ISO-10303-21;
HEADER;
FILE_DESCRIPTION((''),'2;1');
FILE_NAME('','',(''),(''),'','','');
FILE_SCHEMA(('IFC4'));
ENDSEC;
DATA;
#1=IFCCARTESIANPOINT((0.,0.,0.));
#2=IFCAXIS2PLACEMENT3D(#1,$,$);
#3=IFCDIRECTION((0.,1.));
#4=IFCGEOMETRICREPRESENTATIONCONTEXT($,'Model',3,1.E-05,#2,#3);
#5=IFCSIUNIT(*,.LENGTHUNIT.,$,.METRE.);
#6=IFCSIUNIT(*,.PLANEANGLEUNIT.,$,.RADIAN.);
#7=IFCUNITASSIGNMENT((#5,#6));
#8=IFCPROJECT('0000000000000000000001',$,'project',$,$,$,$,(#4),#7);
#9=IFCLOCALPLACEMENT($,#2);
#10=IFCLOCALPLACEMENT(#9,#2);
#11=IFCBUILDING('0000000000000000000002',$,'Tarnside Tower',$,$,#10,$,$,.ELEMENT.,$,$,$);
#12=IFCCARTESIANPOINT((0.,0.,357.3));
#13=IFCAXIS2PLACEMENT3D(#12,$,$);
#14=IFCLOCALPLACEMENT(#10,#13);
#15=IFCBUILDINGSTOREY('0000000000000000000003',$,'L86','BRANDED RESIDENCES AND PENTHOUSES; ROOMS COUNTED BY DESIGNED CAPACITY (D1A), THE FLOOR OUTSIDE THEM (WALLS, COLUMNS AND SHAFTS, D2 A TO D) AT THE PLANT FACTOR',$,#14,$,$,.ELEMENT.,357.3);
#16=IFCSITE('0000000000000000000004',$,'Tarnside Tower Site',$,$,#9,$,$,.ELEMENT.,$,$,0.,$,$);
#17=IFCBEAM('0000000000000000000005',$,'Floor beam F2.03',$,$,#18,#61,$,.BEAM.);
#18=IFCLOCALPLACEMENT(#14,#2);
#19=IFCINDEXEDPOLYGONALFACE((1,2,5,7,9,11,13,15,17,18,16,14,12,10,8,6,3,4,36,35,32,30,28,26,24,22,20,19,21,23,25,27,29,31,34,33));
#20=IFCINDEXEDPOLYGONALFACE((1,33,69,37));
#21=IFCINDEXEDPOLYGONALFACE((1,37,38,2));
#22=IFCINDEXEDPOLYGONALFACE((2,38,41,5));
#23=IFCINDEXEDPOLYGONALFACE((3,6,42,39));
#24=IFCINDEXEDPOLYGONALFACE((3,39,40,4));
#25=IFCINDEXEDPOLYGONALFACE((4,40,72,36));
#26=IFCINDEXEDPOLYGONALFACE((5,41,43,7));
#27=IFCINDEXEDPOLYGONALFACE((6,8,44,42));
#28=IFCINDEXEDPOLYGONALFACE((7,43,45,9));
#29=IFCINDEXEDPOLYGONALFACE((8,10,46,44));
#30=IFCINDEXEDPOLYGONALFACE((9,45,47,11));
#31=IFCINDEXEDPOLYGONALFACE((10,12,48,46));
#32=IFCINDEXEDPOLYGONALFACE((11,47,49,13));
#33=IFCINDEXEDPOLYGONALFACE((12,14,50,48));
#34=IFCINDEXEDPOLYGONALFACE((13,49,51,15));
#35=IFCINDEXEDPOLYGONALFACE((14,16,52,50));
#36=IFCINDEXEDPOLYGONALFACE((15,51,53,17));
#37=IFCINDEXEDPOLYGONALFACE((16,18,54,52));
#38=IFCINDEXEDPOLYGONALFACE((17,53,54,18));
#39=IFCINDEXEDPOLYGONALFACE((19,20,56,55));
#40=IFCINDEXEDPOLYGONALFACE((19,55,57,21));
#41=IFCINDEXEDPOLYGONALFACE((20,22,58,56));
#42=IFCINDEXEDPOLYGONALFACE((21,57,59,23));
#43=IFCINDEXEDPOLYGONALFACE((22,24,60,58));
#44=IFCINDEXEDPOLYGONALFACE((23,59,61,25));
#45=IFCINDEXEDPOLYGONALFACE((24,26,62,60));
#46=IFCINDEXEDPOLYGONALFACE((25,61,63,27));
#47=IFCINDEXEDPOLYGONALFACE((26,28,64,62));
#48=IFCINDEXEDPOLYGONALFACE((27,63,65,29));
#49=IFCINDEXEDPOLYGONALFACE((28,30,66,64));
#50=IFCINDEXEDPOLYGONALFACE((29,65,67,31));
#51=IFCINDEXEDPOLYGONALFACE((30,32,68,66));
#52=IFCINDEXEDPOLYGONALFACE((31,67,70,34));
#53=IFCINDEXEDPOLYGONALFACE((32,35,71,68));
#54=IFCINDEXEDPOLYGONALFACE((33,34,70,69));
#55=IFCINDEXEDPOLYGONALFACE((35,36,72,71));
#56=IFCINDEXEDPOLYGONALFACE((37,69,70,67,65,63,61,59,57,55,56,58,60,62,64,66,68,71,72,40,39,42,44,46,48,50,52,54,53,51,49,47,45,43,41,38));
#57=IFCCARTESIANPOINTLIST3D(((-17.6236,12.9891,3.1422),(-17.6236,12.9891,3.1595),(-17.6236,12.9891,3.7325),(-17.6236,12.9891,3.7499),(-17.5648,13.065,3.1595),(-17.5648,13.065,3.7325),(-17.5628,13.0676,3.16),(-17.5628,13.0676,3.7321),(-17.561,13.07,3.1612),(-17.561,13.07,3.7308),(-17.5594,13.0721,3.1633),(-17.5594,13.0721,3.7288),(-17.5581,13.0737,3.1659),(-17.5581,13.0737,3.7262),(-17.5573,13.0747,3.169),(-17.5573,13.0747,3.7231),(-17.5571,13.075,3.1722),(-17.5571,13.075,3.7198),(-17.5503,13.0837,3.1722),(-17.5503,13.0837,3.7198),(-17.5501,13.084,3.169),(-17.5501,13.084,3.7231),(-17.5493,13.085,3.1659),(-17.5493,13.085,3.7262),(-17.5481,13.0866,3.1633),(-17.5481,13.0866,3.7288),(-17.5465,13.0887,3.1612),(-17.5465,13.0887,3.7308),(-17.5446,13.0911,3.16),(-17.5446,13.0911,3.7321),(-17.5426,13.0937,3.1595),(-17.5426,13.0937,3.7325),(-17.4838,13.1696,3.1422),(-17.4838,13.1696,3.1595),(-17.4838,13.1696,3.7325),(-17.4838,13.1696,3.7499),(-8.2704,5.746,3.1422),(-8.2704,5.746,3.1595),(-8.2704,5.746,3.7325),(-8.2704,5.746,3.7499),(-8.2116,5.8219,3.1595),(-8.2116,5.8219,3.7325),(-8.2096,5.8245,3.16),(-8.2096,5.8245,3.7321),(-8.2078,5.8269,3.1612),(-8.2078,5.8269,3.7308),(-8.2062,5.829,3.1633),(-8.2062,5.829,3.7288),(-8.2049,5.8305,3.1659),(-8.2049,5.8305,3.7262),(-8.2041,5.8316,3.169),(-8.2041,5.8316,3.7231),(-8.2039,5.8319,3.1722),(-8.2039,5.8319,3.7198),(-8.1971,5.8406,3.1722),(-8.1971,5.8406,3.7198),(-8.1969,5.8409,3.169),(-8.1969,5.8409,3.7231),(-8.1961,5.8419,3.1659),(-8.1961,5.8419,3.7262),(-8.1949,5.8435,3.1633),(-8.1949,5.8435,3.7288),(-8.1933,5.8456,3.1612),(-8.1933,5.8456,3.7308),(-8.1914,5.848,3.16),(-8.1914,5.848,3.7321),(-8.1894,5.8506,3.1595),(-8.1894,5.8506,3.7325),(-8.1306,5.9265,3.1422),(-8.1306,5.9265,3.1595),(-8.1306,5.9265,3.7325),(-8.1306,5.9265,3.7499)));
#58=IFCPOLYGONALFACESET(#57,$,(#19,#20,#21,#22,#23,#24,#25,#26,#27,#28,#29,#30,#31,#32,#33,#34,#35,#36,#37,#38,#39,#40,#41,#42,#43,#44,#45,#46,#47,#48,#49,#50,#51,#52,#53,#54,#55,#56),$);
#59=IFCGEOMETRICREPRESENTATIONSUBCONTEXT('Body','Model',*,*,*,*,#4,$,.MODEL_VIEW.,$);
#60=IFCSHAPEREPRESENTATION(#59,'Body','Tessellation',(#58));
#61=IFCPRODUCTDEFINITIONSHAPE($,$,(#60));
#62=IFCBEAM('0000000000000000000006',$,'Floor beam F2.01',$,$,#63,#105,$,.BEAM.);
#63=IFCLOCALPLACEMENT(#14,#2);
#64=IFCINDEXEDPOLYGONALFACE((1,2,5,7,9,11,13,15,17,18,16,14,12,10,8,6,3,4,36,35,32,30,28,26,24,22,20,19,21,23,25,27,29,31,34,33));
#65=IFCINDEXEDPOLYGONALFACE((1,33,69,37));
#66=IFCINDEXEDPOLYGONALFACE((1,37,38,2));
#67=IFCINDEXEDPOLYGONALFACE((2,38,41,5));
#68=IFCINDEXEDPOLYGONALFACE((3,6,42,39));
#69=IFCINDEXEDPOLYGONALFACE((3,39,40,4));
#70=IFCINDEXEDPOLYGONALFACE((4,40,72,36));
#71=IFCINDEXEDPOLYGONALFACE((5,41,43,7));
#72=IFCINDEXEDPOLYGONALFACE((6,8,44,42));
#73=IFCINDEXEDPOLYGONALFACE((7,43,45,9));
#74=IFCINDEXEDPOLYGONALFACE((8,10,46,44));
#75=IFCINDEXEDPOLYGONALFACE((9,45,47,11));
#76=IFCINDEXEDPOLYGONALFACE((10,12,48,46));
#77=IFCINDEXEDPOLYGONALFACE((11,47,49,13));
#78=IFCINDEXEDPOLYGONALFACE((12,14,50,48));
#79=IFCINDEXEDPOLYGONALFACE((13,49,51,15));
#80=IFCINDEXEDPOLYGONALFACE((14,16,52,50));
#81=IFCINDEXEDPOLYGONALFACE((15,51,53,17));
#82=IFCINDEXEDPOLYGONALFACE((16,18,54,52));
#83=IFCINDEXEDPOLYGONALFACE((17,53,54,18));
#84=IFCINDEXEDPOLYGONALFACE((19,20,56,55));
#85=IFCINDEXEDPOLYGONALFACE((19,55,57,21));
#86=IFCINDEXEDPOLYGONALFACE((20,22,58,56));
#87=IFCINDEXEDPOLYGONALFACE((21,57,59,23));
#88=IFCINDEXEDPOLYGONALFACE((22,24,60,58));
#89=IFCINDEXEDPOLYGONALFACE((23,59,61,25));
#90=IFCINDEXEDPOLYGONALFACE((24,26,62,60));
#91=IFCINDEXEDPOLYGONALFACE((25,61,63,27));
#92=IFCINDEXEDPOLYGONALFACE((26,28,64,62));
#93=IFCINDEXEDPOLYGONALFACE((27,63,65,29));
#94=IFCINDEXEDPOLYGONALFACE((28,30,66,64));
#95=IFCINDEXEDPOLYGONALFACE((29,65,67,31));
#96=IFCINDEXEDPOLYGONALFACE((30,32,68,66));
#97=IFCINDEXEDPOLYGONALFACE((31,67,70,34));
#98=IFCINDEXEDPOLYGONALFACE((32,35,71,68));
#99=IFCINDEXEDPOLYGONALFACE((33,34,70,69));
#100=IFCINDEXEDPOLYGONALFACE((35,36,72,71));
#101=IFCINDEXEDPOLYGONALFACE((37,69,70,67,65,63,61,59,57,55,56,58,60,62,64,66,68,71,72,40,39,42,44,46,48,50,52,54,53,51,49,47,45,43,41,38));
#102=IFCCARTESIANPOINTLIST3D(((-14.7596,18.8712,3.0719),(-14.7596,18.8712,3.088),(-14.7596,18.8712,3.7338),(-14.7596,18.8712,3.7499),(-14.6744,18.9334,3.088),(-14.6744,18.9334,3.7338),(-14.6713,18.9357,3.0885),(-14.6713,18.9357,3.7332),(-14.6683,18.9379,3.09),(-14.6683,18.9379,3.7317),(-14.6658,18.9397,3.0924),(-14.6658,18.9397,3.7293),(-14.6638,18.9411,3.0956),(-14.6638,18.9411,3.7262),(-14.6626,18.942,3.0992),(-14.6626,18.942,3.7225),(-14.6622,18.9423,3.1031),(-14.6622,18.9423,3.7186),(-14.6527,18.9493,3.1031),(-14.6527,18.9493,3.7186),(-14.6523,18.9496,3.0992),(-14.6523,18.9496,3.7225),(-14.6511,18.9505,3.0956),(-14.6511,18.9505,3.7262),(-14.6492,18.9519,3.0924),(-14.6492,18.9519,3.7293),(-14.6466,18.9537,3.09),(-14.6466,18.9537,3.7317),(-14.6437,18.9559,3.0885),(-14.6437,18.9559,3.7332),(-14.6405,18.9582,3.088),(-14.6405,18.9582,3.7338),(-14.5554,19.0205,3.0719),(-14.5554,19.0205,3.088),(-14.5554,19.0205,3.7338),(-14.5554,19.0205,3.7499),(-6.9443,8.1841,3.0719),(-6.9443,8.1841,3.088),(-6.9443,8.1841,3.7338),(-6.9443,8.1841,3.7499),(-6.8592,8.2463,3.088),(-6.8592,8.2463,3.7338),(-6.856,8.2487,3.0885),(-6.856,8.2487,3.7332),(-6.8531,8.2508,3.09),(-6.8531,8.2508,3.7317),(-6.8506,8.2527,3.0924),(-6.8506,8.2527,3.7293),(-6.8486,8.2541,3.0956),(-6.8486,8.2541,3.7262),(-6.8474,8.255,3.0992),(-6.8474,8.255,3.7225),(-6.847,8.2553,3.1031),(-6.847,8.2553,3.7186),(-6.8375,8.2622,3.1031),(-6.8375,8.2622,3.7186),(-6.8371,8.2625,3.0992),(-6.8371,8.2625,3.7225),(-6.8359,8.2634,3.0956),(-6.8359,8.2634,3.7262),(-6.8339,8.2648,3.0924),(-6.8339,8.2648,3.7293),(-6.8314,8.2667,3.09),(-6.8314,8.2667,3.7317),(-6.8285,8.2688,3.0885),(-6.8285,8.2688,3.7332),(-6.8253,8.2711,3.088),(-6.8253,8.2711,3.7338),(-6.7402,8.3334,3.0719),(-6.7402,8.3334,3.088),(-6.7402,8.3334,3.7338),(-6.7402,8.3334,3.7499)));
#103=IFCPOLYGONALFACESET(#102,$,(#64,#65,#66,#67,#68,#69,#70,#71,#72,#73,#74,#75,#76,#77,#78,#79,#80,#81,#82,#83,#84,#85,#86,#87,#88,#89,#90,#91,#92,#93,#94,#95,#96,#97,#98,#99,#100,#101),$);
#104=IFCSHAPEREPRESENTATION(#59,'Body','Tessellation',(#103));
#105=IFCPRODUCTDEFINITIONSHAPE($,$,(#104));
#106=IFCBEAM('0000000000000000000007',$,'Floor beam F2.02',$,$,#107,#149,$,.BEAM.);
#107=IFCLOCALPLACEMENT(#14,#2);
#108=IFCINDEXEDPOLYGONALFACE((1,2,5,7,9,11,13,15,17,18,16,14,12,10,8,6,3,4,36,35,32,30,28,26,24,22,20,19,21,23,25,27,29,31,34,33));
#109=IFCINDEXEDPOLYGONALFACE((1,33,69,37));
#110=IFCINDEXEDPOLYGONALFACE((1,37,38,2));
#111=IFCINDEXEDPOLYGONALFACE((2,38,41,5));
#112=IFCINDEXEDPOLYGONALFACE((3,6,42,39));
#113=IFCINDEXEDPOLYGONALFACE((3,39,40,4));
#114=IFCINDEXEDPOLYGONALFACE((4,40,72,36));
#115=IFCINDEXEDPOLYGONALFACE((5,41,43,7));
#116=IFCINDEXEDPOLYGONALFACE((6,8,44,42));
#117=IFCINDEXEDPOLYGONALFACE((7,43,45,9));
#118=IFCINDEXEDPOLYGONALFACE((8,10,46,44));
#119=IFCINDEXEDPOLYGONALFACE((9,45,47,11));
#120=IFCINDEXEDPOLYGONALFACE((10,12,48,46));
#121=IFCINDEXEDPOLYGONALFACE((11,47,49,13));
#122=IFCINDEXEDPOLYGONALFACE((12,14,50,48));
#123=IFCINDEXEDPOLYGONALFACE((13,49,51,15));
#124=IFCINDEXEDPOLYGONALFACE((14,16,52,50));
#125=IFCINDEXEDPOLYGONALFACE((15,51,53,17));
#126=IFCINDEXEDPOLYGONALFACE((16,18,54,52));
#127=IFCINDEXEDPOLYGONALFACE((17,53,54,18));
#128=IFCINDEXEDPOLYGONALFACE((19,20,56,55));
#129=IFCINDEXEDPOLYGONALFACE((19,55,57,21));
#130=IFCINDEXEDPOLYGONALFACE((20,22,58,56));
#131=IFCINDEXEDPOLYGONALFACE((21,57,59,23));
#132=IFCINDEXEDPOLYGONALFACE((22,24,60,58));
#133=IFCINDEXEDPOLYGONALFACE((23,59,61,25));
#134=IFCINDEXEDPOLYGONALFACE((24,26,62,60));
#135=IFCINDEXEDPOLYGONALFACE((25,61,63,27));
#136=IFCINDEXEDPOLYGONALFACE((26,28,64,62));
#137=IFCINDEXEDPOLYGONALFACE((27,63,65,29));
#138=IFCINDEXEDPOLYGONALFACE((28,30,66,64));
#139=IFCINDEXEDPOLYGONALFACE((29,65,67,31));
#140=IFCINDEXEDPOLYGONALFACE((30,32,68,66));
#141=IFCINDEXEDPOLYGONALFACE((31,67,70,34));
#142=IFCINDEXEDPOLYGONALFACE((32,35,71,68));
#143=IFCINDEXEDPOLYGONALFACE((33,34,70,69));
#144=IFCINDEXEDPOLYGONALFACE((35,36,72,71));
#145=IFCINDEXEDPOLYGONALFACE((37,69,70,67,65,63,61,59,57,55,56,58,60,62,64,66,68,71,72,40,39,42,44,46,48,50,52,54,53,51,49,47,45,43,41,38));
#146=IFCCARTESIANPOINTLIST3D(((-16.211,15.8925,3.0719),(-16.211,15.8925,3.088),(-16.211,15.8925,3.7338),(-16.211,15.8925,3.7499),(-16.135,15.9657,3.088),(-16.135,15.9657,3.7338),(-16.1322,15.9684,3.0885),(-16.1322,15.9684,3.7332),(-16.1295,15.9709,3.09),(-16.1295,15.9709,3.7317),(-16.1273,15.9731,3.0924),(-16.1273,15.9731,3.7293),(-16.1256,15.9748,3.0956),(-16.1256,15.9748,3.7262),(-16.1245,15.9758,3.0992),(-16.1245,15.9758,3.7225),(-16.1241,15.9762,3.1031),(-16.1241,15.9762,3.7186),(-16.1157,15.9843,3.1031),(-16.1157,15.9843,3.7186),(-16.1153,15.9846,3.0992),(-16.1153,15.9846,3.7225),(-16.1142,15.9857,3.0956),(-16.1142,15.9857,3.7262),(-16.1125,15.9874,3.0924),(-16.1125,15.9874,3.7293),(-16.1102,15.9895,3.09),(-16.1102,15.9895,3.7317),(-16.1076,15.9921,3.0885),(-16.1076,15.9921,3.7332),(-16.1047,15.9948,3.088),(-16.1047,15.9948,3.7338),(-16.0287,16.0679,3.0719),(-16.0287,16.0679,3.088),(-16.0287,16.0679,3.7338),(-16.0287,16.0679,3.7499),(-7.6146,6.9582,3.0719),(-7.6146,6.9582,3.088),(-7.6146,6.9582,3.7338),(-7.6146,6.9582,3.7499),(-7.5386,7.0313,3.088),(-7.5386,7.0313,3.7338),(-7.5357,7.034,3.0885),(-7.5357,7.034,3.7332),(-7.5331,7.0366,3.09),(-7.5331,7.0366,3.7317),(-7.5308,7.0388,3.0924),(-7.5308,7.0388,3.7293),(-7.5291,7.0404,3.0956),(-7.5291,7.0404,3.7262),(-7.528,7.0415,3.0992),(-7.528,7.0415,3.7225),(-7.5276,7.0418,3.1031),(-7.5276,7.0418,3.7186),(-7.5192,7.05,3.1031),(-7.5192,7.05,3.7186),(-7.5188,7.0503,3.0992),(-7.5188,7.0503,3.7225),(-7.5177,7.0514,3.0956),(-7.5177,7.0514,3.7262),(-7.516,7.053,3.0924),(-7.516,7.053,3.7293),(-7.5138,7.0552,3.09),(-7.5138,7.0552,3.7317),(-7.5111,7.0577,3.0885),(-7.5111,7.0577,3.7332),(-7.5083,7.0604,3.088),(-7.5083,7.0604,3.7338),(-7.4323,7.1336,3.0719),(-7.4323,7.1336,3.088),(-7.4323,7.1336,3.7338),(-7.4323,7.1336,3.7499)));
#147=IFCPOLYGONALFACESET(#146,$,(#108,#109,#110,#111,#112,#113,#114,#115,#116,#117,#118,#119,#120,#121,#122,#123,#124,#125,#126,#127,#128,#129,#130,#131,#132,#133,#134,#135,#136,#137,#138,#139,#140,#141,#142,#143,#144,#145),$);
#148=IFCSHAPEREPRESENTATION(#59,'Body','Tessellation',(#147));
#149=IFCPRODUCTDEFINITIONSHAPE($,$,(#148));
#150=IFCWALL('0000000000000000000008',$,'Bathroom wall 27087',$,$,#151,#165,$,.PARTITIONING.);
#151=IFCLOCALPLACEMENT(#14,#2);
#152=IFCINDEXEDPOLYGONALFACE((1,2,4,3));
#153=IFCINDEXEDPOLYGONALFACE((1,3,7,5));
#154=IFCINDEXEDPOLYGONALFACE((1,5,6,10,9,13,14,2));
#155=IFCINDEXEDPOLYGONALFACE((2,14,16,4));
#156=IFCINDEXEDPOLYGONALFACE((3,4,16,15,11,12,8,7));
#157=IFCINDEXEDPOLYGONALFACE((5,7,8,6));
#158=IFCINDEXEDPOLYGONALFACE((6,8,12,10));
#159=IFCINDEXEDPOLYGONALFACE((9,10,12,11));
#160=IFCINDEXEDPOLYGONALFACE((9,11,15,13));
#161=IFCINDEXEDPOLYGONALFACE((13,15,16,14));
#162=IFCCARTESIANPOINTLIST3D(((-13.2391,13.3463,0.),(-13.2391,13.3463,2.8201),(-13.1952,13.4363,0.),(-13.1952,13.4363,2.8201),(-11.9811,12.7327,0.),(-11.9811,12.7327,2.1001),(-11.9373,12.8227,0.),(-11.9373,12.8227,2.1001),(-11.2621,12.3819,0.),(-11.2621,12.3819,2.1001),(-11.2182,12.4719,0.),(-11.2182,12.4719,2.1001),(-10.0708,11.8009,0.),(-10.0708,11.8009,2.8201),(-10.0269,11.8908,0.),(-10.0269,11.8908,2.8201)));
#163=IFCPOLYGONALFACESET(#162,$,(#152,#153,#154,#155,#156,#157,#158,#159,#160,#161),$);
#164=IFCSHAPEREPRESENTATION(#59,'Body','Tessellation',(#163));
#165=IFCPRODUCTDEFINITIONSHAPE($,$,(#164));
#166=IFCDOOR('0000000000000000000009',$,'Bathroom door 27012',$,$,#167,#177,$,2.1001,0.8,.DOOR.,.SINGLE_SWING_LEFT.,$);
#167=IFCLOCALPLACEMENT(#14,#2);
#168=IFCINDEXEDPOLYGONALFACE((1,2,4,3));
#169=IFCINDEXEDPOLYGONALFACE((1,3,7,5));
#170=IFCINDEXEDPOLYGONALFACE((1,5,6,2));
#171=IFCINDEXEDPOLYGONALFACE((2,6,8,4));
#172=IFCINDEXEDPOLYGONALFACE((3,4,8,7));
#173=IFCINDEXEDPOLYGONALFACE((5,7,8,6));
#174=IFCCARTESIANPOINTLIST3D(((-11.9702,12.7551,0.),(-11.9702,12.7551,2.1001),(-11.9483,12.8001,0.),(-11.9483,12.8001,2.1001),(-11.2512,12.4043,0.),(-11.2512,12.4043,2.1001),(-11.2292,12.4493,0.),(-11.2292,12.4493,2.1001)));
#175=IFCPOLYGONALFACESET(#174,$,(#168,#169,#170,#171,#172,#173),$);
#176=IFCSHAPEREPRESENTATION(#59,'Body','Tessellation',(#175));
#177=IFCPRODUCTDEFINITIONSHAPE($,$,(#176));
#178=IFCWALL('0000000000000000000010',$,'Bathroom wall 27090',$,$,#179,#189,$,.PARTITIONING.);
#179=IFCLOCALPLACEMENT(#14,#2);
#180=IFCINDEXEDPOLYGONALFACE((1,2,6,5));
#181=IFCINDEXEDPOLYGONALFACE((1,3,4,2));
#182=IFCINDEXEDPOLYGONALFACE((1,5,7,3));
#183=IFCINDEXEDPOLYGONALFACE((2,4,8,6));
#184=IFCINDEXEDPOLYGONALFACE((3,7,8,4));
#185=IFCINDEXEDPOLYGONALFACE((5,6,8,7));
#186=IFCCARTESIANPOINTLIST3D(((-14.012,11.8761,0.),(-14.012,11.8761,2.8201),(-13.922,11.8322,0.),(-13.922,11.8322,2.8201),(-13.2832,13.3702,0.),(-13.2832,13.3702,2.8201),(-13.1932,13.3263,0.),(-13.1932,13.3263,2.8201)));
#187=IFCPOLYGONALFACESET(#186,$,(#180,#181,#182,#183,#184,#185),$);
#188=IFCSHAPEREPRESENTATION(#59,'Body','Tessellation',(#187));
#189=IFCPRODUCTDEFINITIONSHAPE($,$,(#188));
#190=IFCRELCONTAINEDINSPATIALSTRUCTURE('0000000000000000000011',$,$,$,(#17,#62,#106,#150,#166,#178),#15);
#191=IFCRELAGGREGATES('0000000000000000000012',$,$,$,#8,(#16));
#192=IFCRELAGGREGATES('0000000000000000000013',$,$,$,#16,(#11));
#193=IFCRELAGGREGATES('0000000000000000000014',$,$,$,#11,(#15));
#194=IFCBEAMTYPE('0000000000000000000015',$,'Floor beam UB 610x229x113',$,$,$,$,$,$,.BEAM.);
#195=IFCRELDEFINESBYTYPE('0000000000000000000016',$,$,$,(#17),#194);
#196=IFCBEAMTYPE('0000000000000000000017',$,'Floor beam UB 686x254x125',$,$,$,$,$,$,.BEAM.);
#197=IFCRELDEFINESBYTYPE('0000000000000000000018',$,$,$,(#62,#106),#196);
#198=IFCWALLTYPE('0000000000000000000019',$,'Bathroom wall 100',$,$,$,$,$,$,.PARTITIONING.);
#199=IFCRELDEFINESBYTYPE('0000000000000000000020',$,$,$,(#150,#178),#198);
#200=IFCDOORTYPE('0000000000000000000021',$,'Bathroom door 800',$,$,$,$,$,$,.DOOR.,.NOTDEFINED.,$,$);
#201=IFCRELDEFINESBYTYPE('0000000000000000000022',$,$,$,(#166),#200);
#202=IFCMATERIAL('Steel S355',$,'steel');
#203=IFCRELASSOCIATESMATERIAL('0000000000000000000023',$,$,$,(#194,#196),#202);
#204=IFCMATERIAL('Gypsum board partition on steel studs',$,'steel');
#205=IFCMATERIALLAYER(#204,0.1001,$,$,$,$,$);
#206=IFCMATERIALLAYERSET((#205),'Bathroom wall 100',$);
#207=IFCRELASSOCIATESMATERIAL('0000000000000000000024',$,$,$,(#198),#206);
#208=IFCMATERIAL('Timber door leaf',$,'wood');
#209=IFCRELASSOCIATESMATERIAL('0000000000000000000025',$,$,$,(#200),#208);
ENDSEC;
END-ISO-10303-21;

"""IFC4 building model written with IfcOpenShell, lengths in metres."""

from ifc_helpers import new_model, si_unit, direction, frame, frame_2d, origin, origin_2d, place, context, subcontext, project, spatial, rectangle, i_section, extrude, material, layer, layer_set, material_profile, profile_set, type_object, element, fill, save


model = new_model("IFC4")

# Units and contexts
model_context = context("Model", 3, precision=1e-05, world=origin(), true_north=direction((0.0, 1.0)))
body_context = subcontext(model_context, "Body", "Model", "MODEL_VIEW")
ifc_project = project(units=[si_unit("LENGTHUNIT", "METRE"), si_unit("PLANEANGLEUNIT", "RADIAN")], contexts=[model_context])

# Site, building, storey
site_placement = place(None, origin())
site = spatial("IfcSite", under=ifc_project, at=site_placement, Name="Tarnside Tower Site", CompositionType="ELEMENT", RefElevation=0.0)
building_placement = place(site_placement, origin())
building = spatial("IfcBuilding", under=site, at=building_placement, Name="Tarnside Tower", CompositionType="ELEMENT")
storey_placement = place(building_placement, frame((0.0, 0.0, 357.3)))
storey = spatial("IfcBuildingStorey", under=building, at=storey_placement, Name="L86", Description="BRANDED RESIDENCES AND PENTHOUSES; ROOMS COUNTED BY DESIGNED CAPACITY (D1A), THE FLOOR OUTSIDE THEM (WALLS, COLUMNS AND SHAFTS, D2 A TO D) AT THE PLANT FACTOR", CompositionType="ELEMENT", Elevation=357.3)

# Beams
ifc_material_1 = material(Name="Steel S355", Category="steel")
ifc_material_profile_1 = material_profile(ifc_material_1, i_section(OverallWidth=0.2283, OverallDepth=0.6077, WebThickness=0.011, FlangeThickness=0.0173, FilletRadius=0.0127, at=origin_2d()), Name="UB 610x229x113")
ifc_profile_set_1 = profile_set([ifc_material_profile_1], Name="Steel S355")
beam_type_1 = type_object("IfcBeamType", Name="Floor beam UB 610x229x113", PredefinedType="BEAM", material=ifc_profile_set_1)
beam_1_placement = place(storey_placement, frame((-17.5537, 13.0793, 3.446), z_axis=(0.790645, -0.612275, 0.0), x_axis=(0.612275, 0.790645, 0.0)))
element("IfcBeam", 1, at=beam_1_placement, inside=storey, type_object=beam_type_1, Name="Floor beam F2.03", PredefinedType="BEAM", context=body_context, shape_type="SweptSolid", body=[
    extrude(i_section(OverallWidth=0.2283, OverallDepth=0.6077, WebThickness=0.011, FlangeThickness=0.0173, FilletRadius=0.0127, at=origin_2d()), origin(), (0.0, 0.0, 1.0), 11.8298),
])
ifc_material_profile_2 = material_profile(ifc_material_1, i_section(OverallWidth=0.2529, OverallDepth=0.678, WebThickness=0.0117, FlangeThickness=0.0161, FilletRadius=0.0151, at=origin_2d()), Name="UB 686x254x125")
ifc_profile_set_2 = profile_set([ifc_material_profile_2], Name="Steel S355")
beam_type_2 = type_object("IfcBeamType", Name="Floor beam UB 686x254x125", PredefinedType="BEAM", material=ifc_profile_set_2)
beam_2_placement = place(storey_placement, frame((-14.6575, 18.9458, 3.4109), z_axis=(0.590285, -0.807195, 0.0), x_axis=(0.807195, 0.590285, 0.0)))
element("IfcBeam", 2, at=beam_2_placement, inside=storey, type_object=beam_type_2, Name="Floor beam F2.01", PredefinedType="BEAM", context=body_context, shape_type="SweptSolid", body=[
    extrude(i_section(OverallWidth=0.2529, OverallDepth=0.678, WebThickness=0.0117, FlangeThickness=0.0161, FilletRadius=0.0151, at=origin_2d()), origin(), (0.0, 0.0, 1.0), 13.2397),
])
beam_3_placement = place(storey_placement, frame((-16.1199, 15.9802, 3.4109), z_axis=(0.693349, -0.720602, 0.0), x_axis=(0.720602, 0.693349, 0.0)))
element("IfcBeam", 3, at=beam_3_placement, inside=storey, type_object=beam_type_2, Name="Floor beam F2.02", PredefinedType="BEAM", context=body_context, shape_type="SweptSolid", body=[
    extrude(i_section(OverallWidth=0.2529, OverallDepth=0.678, WebThickness=0.0117, FlangeThickness=0.0161, FilletRadius=0.0151, at=origin_2d()), origin(), (0.0, 0.0, 1.0), 12.3984),
])

# Wall, opening, door
ifc_material_2 = material(Name="Gypsum board partition on steel studs", Category="steel")
ifc_layer_1 = layer(ifc_material_2, 0.1001)
ifc_layer_set_1 = layer_set([ifc_layer_1], Name="Bathroom wall 100")
wall_type_1 = type_object("IfcWallType", Name="Bathroom wall 100", PredefinedType="PARTITIONING", material=ifc_layer_set_1)
wall_1_placement = place(storey_placement, frame((-13.2173, 13.3914, 0.0), z_axis=(0.0, 0.0, 1.0), x_axis=(0.898775, -0.43841, 0.0)))
wall_1 = element("IfcWall", 4, at=wall_1_placement, inside=storey, type_object=wall_type_1, Name="Bathroom wall 27087", PredefinedType="PARTITIONING", context=body_context, shape_type="SweptSolid", body=[
    extrude(rectangle(XDim=3.5251, YDim=0.1001, at=frame_2d((1.7627, 0.0))), origin(), (0.0, 0.0, 1.0), 2.8201),
])
opening_1_placement = place(wall_1_placement, frame((1.3999, 0.0, 0.0)))
opening_1 = element("IfcOpeningElement", 5, at=opening_1_placement, cuts=wall_1, PredefinedType="OPENING", context=body_context, shape_type="SweptSolid", body=[
    extrude(rectangle(XDim=0.8, YDim=2.1001, at=frame_2d((0.3999, 1.05))), frame((0.0, 0.0601, 0.0), z_axis=(0.0, -1.0, 0.0), x_axis=(1.0, 0.0, 0.0)), (0.0, 0.0, 1.0), 0.1201),
])
ifc_material_3 = material(Name="Timber door leaf", Category="wood")
door_type_1 = type_object("IfcDoorType", Name="Bathroom door 800", OperationType="NOTDEFINED", PredefinedType="DOOR", material=ifc_material_3)
door_1_placement = place(opening_1_placement, origin())
door_1 = element("IfcDoor", 6, at=door_1_placement, inside=storey, type_object=door_type_1, Name="Bathroom door 27012", OperationType="SINGLE_SWING_LEFT", OverallHeight=2.1001, OverallWidth=0.8, PredefinedType="DOOR", context=body_context, shape_type="SweptSolid", body=[
    extrude(rectangle(XDim=0.8, YDim=2.1001, at=frame_2d((0.3999, 1.05))), frame((0.0, 0.0249, 0.0), z_axis=(0.0, -1.0, 0.0), x_axis=(1.0, 0.0, 0.0)), (0.0, 0.0, 1.0), 0.05),
])
fill(opening_1, door_1)

# Wall
wall_2_placement = place(storey_placement, frame((-13.2383, 13.3481, 0.0), z_axis=(0.0, 0.0, 1.0), x_axis=(-0.43838, -0.89879, 0.0)))
element("IfcWall", 7, at=wall_2_placement, inside=storey, type_object=wall_type_1, Name="Bathroom wall 27090", PredefinedType="PARTITIONING", context=body_context, shape_type="SweptSolid", body=[
    extrude(rectangle(XDim=1.6624, YDim=0.1001, at=frame_2d((0.8311, 0.0))), origin(), (0.0, 0.0, 1.0), 2.8201),
])

save(model, "model.ifc")
